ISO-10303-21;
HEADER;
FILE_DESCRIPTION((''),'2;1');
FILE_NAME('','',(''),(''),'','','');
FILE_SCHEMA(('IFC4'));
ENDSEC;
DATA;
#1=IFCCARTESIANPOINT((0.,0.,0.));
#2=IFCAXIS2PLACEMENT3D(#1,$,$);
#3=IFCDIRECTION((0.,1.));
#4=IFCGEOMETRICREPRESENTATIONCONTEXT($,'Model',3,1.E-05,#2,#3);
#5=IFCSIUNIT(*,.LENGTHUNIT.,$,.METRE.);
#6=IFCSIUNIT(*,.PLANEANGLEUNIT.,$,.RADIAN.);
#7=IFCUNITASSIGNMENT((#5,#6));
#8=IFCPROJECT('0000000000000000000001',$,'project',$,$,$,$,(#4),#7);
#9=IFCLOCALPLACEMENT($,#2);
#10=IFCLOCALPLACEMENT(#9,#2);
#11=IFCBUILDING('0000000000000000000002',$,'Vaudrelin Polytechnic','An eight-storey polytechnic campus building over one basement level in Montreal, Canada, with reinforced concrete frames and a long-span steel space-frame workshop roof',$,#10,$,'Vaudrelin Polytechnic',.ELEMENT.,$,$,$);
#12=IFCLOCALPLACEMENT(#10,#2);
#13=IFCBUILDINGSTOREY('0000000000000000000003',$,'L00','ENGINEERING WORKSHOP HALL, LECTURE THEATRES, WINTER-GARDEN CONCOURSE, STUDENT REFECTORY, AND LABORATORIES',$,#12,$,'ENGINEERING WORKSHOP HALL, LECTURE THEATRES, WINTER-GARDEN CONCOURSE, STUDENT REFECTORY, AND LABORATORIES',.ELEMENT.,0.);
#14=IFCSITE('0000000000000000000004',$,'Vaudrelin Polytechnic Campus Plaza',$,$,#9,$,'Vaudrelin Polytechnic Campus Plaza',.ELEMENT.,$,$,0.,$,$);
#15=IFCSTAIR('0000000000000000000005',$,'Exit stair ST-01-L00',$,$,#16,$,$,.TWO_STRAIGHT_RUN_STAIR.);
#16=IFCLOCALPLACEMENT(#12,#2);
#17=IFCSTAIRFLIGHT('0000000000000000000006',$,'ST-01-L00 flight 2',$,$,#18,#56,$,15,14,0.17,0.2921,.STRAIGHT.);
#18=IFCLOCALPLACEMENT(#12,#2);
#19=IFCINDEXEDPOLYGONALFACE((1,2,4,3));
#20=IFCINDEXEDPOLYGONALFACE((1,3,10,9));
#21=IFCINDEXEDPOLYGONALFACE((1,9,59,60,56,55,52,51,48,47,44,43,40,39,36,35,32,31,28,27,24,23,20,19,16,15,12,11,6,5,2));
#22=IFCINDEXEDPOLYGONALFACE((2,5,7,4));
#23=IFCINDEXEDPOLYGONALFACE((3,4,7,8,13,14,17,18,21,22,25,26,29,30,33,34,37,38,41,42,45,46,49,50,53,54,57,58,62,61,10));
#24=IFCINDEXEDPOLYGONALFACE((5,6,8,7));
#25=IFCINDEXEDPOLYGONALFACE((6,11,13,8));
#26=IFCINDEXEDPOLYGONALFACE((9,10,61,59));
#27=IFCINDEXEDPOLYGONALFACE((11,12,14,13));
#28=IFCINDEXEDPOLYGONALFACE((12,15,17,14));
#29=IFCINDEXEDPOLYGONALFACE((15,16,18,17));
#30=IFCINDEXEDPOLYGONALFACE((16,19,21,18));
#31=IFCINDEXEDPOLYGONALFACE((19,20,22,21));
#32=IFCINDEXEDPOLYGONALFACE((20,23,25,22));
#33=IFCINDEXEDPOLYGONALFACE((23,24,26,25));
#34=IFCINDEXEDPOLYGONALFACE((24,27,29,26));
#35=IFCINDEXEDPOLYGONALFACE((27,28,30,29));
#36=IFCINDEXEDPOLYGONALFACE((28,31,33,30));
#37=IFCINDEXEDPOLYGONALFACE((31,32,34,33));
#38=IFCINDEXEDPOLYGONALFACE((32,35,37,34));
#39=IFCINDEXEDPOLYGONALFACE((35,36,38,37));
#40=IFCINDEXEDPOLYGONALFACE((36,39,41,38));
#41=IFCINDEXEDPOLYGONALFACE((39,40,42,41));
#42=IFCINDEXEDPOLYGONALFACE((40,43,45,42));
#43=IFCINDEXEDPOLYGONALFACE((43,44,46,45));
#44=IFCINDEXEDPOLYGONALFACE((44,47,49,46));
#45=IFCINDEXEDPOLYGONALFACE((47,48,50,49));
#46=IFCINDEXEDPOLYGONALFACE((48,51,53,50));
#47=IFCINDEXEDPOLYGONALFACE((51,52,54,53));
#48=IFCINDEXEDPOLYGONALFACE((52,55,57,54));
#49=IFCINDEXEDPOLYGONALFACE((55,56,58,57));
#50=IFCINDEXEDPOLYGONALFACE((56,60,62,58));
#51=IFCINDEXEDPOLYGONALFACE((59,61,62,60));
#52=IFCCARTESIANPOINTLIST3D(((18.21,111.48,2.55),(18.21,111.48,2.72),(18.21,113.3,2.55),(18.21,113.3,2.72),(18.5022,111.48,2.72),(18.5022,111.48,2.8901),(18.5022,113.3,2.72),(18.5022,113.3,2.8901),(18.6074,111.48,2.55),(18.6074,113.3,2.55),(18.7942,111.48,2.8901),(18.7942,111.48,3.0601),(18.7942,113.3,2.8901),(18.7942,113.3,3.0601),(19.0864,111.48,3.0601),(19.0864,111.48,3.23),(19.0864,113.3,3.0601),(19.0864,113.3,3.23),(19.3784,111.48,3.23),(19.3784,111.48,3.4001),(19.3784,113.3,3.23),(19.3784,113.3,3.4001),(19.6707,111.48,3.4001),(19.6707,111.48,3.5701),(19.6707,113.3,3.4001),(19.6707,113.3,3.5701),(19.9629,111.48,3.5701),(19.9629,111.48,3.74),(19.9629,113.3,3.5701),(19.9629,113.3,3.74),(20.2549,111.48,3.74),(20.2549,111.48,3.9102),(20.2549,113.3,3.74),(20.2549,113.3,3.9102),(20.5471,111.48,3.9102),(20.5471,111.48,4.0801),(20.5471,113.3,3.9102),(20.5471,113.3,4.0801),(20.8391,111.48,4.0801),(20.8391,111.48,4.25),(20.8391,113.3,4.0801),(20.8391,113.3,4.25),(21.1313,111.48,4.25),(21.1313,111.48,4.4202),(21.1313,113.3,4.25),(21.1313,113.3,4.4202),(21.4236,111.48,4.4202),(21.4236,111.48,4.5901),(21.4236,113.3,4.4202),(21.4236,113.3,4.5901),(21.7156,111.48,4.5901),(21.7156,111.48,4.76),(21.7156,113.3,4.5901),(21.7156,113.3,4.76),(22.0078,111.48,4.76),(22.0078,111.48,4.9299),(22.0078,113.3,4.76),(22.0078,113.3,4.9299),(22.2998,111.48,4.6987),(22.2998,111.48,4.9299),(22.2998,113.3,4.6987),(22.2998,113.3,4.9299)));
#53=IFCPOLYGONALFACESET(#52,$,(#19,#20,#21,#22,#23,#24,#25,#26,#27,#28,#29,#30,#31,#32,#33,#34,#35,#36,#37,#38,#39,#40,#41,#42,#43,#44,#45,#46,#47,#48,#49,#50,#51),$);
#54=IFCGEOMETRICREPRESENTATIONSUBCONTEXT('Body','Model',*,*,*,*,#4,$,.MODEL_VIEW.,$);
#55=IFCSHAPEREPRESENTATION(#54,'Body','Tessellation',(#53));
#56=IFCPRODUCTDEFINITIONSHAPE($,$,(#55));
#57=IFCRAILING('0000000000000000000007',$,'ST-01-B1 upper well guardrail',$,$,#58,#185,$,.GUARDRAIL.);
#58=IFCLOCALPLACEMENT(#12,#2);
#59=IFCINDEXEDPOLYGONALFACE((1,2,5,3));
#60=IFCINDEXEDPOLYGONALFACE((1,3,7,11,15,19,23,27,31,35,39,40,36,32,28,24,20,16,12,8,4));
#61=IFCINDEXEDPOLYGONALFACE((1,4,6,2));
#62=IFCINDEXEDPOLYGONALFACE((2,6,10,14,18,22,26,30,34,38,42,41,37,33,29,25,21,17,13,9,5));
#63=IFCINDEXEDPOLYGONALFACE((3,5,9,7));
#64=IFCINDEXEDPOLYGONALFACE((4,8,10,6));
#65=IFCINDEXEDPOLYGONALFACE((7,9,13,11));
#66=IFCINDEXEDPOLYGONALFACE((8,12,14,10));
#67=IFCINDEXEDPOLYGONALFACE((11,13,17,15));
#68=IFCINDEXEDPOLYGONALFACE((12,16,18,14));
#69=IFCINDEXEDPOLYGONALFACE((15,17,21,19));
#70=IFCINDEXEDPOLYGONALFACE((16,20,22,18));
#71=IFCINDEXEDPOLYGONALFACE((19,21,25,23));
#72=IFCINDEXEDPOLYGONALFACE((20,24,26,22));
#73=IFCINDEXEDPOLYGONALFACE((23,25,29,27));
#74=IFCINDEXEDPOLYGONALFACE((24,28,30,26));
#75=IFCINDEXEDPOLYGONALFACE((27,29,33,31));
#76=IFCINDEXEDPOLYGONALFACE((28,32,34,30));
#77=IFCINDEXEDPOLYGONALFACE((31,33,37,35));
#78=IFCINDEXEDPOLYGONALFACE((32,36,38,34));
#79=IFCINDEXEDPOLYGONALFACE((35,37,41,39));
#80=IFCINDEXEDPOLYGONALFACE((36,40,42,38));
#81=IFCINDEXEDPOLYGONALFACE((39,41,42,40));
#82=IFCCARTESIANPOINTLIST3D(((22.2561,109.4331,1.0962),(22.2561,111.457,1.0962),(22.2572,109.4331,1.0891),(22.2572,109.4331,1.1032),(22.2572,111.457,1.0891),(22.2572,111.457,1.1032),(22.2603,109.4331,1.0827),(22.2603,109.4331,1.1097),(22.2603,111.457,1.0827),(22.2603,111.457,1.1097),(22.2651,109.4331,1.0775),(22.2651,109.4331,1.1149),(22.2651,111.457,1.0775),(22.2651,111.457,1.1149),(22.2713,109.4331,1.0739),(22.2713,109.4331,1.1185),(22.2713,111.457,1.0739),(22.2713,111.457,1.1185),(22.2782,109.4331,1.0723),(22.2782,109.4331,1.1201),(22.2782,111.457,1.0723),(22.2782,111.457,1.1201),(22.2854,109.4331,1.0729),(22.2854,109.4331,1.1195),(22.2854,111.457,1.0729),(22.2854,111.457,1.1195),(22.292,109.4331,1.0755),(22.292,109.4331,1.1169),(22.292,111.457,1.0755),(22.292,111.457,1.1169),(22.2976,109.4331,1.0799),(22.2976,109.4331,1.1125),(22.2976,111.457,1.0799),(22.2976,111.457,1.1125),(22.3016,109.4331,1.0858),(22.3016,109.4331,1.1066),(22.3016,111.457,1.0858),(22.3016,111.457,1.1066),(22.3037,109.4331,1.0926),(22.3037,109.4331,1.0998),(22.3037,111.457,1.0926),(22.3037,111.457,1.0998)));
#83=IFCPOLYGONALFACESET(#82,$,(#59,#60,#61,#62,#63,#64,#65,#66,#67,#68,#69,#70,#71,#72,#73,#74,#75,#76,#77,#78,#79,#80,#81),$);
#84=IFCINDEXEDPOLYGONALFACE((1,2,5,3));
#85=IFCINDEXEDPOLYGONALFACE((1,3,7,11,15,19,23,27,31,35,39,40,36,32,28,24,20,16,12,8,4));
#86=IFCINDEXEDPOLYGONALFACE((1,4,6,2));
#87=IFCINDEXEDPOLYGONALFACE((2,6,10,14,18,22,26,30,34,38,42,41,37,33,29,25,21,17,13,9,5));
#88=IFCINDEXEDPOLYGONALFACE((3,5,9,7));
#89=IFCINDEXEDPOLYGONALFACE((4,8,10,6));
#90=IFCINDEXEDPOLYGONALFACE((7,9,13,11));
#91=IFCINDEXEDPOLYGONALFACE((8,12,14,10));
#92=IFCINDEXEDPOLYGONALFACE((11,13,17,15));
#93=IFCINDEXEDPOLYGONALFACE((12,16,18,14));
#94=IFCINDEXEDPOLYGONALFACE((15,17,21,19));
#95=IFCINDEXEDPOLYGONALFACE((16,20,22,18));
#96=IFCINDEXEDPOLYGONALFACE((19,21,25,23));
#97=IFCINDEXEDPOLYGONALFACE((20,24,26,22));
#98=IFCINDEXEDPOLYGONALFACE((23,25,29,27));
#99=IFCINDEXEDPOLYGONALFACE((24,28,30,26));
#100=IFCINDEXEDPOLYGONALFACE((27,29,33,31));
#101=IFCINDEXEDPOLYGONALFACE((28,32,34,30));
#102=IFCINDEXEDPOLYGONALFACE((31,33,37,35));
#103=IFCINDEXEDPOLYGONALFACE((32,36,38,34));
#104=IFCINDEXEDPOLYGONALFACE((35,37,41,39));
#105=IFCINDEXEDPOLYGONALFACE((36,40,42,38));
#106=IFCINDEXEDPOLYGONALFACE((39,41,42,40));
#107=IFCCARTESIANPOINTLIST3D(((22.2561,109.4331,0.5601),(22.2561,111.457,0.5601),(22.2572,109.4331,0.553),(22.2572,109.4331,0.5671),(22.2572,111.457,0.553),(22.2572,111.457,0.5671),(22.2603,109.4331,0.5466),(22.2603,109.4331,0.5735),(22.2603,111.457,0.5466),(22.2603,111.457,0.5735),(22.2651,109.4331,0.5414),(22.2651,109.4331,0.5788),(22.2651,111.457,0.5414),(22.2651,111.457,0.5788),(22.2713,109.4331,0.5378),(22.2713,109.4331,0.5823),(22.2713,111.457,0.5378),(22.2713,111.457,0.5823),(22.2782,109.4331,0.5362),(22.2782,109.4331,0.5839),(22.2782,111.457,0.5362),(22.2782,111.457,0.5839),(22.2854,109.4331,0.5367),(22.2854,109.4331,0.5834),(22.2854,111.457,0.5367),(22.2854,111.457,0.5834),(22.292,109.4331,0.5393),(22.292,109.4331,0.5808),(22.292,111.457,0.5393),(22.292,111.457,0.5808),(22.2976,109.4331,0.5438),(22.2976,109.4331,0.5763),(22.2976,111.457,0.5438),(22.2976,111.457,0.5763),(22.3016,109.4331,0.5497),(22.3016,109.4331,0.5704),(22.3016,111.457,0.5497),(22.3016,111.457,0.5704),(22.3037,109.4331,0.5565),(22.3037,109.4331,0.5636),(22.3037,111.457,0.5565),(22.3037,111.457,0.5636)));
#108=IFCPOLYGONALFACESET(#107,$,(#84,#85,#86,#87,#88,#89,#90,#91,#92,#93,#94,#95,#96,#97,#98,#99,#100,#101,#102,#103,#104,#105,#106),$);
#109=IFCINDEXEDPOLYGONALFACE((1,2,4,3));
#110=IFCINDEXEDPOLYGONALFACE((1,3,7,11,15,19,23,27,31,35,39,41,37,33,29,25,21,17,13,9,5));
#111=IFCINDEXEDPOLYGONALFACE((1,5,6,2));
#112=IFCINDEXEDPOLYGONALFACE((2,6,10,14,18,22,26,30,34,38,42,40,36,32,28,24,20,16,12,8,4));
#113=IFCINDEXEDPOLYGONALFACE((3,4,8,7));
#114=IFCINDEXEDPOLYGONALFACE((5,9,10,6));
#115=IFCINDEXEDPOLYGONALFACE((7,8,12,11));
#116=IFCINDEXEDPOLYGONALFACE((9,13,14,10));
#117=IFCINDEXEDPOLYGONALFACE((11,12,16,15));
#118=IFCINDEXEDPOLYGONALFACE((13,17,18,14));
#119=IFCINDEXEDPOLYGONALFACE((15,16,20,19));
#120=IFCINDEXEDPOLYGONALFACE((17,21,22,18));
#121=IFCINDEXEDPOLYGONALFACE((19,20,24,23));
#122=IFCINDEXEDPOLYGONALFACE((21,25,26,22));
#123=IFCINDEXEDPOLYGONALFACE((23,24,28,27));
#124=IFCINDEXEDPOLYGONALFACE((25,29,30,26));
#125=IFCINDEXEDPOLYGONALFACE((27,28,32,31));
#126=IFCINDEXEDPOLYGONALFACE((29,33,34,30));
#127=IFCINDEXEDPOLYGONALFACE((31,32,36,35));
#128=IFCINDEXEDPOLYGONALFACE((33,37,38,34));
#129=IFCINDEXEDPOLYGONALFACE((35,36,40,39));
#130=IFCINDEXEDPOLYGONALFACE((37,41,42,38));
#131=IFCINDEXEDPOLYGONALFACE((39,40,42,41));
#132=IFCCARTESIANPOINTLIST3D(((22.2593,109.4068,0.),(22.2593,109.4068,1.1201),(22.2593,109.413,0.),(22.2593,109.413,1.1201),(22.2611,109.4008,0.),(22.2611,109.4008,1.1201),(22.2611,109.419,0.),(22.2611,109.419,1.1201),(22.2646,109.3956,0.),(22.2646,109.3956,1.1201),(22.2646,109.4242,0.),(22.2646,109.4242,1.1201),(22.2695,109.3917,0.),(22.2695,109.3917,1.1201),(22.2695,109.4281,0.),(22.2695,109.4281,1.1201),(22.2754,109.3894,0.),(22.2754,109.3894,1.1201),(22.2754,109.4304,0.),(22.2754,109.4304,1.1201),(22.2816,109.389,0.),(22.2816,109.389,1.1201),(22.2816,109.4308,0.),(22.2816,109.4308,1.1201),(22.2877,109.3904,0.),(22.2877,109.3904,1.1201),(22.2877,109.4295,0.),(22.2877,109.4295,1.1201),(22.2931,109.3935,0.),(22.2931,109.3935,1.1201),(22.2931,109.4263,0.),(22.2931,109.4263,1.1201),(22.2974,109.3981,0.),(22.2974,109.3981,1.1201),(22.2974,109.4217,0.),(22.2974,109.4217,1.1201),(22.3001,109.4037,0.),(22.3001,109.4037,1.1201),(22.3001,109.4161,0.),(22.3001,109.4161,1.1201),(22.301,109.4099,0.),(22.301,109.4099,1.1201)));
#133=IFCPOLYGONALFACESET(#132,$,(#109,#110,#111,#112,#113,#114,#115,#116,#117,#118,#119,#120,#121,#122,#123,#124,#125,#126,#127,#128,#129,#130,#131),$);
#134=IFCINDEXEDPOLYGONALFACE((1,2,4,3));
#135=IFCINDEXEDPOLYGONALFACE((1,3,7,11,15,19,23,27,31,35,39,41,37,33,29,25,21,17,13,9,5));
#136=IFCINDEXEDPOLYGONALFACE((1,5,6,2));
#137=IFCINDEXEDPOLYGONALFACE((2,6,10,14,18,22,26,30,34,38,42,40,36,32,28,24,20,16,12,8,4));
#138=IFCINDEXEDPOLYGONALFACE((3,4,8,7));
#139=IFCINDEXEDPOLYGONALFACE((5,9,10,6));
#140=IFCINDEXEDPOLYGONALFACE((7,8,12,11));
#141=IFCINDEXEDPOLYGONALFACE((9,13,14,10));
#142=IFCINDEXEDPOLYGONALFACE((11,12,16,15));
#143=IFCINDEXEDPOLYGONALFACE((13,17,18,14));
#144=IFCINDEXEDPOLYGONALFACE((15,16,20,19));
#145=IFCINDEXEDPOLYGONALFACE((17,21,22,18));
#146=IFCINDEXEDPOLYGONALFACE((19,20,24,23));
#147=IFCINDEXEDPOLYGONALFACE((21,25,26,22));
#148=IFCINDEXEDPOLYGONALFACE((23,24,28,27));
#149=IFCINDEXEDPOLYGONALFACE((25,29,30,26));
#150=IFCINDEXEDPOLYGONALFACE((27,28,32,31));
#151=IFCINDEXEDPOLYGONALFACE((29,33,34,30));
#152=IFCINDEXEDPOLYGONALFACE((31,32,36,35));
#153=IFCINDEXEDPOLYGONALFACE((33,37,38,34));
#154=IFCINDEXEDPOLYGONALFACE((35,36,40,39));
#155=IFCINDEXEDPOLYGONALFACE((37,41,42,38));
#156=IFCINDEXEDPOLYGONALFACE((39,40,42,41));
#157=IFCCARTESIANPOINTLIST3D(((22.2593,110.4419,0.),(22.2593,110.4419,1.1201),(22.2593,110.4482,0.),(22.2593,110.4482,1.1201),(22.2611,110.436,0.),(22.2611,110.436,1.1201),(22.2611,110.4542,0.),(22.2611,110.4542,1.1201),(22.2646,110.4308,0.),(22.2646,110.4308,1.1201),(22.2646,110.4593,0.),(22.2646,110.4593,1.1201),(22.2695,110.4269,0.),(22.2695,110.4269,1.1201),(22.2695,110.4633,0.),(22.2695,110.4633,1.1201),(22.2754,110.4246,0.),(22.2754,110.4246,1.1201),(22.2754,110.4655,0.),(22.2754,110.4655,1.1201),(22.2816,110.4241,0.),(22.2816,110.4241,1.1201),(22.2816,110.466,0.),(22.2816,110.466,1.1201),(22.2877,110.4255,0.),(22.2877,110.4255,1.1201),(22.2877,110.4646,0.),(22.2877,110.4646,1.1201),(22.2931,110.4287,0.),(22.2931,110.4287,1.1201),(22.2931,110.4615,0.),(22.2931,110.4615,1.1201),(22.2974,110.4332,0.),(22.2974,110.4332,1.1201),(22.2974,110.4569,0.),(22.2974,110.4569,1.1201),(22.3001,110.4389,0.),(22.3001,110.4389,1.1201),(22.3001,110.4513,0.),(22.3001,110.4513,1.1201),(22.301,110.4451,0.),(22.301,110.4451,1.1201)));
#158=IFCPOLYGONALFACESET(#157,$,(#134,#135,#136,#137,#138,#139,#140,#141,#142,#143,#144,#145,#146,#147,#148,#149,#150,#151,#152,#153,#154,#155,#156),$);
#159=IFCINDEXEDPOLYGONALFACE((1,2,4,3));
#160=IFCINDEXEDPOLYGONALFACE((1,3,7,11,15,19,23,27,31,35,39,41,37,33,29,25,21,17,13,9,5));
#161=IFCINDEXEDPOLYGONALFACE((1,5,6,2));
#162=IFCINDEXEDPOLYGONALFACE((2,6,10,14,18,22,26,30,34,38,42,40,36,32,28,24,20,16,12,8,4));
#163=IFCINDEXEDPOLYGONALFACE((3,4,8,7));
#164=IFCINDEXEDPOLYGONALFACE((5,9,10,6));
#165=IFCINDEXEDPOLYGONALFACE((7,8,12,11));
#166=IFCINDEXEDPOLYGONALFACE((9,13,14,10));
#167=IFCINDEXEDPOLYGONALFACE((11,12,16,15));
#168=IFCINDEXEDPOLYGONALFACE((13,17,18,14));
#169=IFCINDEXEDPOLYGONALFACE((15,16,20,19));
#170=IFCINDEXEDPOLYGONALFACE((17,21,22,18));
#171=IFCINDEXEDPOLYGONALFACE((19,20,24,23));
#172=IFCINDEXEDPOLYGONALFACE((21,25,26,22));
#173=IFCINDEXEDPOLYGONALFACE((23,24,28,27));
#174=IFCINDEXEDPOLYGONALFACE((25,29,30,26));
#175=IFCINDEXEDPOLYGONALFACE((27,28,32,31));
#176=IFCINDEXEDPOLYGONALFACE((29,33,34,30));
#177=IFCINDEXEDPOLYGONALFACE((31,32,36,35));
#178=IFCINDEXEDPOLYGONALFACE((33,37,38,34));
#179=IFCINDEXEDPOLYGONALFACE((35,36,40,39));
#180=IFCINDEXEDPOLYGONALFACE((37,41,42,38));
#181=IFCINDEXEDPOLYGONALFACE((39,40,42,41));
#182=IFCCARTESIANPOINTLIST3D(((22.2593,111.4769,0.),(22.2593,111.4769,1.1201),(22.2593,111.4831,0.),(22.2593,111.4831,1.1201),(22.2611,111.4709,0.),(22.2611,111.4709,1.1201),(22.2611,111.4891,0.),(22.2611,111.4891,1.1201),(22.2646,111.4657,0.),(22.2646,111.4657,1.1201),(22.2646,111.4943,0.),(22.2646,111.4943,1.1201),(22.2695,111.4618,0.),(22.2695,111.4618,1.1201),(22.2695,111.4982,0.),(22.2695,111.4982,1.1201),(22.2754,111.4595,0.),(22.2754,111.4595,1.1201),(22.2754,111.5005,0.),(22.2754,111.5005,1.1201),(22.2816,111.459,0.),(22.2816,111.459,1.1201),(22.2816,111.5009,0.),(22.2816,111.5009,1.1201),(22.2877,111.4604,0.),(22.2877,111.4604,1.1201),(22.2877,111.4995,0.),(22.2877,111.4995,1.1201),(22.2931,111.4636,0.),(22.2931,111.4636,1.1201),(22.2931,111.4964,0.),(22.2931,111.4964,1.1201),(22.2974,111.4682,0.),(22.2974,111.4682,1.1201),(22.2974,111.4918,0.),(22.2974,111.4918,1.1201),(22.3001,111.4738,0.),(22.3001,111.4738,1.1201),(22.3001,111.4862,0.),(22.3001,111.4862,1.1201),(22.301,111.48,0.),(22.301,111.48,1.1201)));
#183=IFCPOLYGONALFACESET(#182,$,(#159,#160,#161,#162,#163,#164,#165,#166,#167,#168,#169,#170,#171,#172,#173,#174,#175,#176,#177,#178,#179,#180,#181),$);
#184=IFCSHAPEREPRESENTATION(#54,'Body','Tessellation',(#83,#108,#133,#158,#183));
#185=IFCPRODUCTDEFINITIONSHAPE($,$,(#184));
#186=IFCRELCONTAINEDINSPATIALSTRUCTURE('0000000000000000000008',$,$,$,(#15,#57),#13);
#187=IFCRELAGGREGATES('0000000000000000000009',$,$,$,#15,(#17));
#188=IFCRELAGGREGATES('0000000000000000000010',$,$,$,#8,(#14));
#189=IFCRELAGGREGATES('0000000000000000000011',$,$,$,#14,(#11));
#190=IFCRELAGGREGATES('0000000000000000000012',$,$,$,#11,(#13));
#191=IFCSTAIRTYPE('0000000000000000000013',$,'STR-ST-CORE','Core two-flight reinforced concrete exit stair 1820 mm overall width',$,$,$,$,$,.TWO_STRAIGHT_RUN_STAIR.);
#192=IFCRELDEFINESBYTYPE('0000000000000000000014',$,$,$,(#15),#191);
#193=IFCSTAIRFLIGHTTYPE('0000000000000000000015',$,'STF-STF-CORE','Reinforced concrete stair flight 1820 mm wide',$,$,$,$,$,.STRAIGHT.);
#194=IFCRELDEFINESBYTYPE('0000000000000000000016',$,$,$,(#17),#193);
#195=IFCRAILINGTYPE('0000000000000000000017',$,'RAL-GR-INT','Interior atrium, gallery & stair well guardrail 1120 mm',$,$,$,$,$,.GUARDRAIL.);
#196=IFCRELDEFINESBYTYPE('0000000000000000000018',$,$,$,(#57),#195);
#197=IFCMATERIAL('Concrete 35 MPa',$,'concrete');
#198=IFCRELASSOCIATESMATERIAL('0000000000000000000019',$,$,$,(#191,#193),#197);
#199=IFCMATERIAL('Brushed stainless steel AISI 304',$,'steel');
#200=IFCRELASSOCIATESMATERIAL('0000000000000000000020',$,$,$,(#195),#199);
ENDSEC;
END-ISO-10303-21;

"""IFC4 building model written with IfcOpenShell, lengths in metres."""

from ifc_helpers import new_model, si_unit, direction, frame, origin, origin_2d, place, context, subcontext, project, spatial, polyline, circle, outline, extrude, material, type_object, element, aggregate, save


model = new_model("IFC4")

# Units and contexts
model_context = context("Model", 3, precision=1e-05, world=origin(), true_north=direction((0.0, 1.0)))
body_context = subcontext(model_context, "Body", "Model", "MODEL_VIEW")
ifc_project = project(units=[si_unit("LENGTHUNIT", "METRE"), si_unit("PLANEANGLEUNIT", "RADIAN")], contexts=[model_context])

# Site, building, storey
site_placement = place(None, origin())
site = spatial("IfcSite", under=ifc_project, at=site_placement, Name="Vaudrelin Polytechnic Campus Plaza", LongName="Vaudrelin Polytechnic Campus Plaza", CompositionType="ELEMENT", RefElevation=0.0)
building_placement = place(site_placement, origin())
building = spatial("IfcBuilding", under=site, at=building_placement, Name="Vaudrelin Polytechnic", Description="An eight-storey polytechnic campus building over one basement level in Montreal, Canada, with reinforced concrete frames and a long-span steel space-frame workshop roof", LongName="Vaudrelin Polytechnic", CompositionType="ELEMENT")
storey_placement = place(building_placement, origin())
storey = spatial("IfcBuildingStorey", under=building, at=storey_placement, Name="L00", Description="ENGINEERING WORKSHOP HALL, LECTURE THEATRES, WINTER-GARDEN CONCOURSE, STUDENT REFECTORY, AND LABORATORIES", LongName="ENGINEERING WORKSHOP HALL, LECTURE THEATRES, WINTER-GARDEN CONCOURSE, STUDENT REFECTORY, AND LABORATORIES", CompositionType="ELEMENT", Elevation=0.0)

# Stair, stair flight
ifc_material_1 = material(Name="Concrete 35 MPa", Category="concrete")
stair_type = type_object("IfcStairType", Name="STR-ST-CORE", Description="Core two-flight reinforced concrete exit stair 1820 mm overall width", PredefinedType="TWO_STRAIGHT_RUN_STAIR", material=ifc_material_1)
stair_placement = place(storey_placement, origin())
stair = element("IfcStair", 1, at=stair_placement, inside=storey, type_object=stair_type, Name="Exit stair ST-01-L00", PredefinedType="TWO_STRAIGHT_RUN_STAIR")
stair_flight_type = type_object("IfcStairFlightType", Name="STF-STF-CORE", Description="Reinforced concrete stair flight 1820 mm wide", PredefinedType="STRAIGHT", material=ifc_material_1)
stair_flight_1_placement = place(storey_placement, frame((18.21, 112.3899, 2.55), z_axis=(0.0, 0.0, 1.0), x_axis=(1.0, 0.0, 0.0)))
stair_flight_1 = element("IfcStairFlight", 2, at=stair_flight_1_placement, type_object=stair_flight_type, Name="ST-01-L00 flight 2", NumberOfRisers=15, NumberOfTreads=14, PredefinedType="STRAIGHT", RiserHeight=0.17, TreadLength=0.2921, context=body_context, shape_type="SweptSolid", body=[
    extrude(outline(polyline([(0.0, 0.0), (0.0, 0.1699), (0.2922, 0.1699), (0.2922, 0.3401), (0.5842, 0.3401), (0.5842, 0.51), (0.8765, 0.51), (0.8765, 0.6799), (1.1685, 0.6799), (1.1685, 0.8501), (1.4607, 0.8501), (1.4607, 1.02), (1.7529, 1.02), (1.7529, 1.1899), (2.0449, 1.1899), (2.0449, 1.3601), (2.3372, 1.3601), (2.3372, 1.53), (2.6292, 1.53), (2.6292, 1.7), (2.9214, 1.7), (2.9214, 1.8701), (3.2136, 1.8701), (3.2136, 2.04), (3.5056, 2.04), (3.5056, 2.21), (3.7979, 2.21), (3.7979, 2.3799), (4.0898, 2.3799), (4.0898, 2.55), (4.0898, 2.1487), (0.3975, 0.0), (0.0, 0.0)])), frame((0.0, 0.9102, 0.0), z_axis=(0.0, -1.0, 0.0), x_axis=(1.0, 0.0, 0.0)), (0.0, 0.0, 1.0), 1.8201),
])
aggregate(stair, [stair_flight_1])

# Railing
ifc_material_2 = material(Name="Brushed stainless steel AISI 304", Category="steel")
railing_type_1 = type_object("IfcRailingType", Name="RAL-GR-INT", Description="Interior atrium, gallery & stair well guardrail 1120 mm", PredefinedType="GUARDRAIL", material=ifc_material_2)
railing_1_placement = place(storey_placement, frame((22.28, 109.4099, 0.0)))
element("IfcRailing", 3, at=railing_1_placement, inside=storey, type_object=railing_type_1, Name="ST-01-B1 upper well guardrail", PredefinedType="GUARDRAIL", context=body_context, shape_type="SweptSolid", body=[
    extrude(circle(Radius=0.0239, at=origin_2d()), frame((0.0, 0.0232, 1.0962), z_axis=(0.0, 1.0, 0.0), x_axis=(-1.0, 0.0, 0.0)), (0.0, 0.0, 1.0), 2.0239),
    extrude(circle(Radius=0.0239, at=origin_2d()), frame((0.0, 0.0232, 0.5601), z_axis=(0.0, 1.0, 0.0), x_axis=(-1.0, 0.0, 0.0)), (0.0, 0.0, 1.0), 2.0239),
    extrude(circle(Radius=0.021, at=origin_2d()), origin(), (0.0, 0.0, 1.0), 1.1201),
    extrude(circle(Radius=0.021, at=origin_2d()), frame((0.0, 1.0352, 0.0)), (0.0, 0.0, 1.0), 1.1201),
    extrude(circle(Radius=0.021, at=origin_2d()), frame((0.0, 2.0701, 0.0)), (0.0, 0.0, 1.0), 1.1201),
])

save(model, "model.ifc")
